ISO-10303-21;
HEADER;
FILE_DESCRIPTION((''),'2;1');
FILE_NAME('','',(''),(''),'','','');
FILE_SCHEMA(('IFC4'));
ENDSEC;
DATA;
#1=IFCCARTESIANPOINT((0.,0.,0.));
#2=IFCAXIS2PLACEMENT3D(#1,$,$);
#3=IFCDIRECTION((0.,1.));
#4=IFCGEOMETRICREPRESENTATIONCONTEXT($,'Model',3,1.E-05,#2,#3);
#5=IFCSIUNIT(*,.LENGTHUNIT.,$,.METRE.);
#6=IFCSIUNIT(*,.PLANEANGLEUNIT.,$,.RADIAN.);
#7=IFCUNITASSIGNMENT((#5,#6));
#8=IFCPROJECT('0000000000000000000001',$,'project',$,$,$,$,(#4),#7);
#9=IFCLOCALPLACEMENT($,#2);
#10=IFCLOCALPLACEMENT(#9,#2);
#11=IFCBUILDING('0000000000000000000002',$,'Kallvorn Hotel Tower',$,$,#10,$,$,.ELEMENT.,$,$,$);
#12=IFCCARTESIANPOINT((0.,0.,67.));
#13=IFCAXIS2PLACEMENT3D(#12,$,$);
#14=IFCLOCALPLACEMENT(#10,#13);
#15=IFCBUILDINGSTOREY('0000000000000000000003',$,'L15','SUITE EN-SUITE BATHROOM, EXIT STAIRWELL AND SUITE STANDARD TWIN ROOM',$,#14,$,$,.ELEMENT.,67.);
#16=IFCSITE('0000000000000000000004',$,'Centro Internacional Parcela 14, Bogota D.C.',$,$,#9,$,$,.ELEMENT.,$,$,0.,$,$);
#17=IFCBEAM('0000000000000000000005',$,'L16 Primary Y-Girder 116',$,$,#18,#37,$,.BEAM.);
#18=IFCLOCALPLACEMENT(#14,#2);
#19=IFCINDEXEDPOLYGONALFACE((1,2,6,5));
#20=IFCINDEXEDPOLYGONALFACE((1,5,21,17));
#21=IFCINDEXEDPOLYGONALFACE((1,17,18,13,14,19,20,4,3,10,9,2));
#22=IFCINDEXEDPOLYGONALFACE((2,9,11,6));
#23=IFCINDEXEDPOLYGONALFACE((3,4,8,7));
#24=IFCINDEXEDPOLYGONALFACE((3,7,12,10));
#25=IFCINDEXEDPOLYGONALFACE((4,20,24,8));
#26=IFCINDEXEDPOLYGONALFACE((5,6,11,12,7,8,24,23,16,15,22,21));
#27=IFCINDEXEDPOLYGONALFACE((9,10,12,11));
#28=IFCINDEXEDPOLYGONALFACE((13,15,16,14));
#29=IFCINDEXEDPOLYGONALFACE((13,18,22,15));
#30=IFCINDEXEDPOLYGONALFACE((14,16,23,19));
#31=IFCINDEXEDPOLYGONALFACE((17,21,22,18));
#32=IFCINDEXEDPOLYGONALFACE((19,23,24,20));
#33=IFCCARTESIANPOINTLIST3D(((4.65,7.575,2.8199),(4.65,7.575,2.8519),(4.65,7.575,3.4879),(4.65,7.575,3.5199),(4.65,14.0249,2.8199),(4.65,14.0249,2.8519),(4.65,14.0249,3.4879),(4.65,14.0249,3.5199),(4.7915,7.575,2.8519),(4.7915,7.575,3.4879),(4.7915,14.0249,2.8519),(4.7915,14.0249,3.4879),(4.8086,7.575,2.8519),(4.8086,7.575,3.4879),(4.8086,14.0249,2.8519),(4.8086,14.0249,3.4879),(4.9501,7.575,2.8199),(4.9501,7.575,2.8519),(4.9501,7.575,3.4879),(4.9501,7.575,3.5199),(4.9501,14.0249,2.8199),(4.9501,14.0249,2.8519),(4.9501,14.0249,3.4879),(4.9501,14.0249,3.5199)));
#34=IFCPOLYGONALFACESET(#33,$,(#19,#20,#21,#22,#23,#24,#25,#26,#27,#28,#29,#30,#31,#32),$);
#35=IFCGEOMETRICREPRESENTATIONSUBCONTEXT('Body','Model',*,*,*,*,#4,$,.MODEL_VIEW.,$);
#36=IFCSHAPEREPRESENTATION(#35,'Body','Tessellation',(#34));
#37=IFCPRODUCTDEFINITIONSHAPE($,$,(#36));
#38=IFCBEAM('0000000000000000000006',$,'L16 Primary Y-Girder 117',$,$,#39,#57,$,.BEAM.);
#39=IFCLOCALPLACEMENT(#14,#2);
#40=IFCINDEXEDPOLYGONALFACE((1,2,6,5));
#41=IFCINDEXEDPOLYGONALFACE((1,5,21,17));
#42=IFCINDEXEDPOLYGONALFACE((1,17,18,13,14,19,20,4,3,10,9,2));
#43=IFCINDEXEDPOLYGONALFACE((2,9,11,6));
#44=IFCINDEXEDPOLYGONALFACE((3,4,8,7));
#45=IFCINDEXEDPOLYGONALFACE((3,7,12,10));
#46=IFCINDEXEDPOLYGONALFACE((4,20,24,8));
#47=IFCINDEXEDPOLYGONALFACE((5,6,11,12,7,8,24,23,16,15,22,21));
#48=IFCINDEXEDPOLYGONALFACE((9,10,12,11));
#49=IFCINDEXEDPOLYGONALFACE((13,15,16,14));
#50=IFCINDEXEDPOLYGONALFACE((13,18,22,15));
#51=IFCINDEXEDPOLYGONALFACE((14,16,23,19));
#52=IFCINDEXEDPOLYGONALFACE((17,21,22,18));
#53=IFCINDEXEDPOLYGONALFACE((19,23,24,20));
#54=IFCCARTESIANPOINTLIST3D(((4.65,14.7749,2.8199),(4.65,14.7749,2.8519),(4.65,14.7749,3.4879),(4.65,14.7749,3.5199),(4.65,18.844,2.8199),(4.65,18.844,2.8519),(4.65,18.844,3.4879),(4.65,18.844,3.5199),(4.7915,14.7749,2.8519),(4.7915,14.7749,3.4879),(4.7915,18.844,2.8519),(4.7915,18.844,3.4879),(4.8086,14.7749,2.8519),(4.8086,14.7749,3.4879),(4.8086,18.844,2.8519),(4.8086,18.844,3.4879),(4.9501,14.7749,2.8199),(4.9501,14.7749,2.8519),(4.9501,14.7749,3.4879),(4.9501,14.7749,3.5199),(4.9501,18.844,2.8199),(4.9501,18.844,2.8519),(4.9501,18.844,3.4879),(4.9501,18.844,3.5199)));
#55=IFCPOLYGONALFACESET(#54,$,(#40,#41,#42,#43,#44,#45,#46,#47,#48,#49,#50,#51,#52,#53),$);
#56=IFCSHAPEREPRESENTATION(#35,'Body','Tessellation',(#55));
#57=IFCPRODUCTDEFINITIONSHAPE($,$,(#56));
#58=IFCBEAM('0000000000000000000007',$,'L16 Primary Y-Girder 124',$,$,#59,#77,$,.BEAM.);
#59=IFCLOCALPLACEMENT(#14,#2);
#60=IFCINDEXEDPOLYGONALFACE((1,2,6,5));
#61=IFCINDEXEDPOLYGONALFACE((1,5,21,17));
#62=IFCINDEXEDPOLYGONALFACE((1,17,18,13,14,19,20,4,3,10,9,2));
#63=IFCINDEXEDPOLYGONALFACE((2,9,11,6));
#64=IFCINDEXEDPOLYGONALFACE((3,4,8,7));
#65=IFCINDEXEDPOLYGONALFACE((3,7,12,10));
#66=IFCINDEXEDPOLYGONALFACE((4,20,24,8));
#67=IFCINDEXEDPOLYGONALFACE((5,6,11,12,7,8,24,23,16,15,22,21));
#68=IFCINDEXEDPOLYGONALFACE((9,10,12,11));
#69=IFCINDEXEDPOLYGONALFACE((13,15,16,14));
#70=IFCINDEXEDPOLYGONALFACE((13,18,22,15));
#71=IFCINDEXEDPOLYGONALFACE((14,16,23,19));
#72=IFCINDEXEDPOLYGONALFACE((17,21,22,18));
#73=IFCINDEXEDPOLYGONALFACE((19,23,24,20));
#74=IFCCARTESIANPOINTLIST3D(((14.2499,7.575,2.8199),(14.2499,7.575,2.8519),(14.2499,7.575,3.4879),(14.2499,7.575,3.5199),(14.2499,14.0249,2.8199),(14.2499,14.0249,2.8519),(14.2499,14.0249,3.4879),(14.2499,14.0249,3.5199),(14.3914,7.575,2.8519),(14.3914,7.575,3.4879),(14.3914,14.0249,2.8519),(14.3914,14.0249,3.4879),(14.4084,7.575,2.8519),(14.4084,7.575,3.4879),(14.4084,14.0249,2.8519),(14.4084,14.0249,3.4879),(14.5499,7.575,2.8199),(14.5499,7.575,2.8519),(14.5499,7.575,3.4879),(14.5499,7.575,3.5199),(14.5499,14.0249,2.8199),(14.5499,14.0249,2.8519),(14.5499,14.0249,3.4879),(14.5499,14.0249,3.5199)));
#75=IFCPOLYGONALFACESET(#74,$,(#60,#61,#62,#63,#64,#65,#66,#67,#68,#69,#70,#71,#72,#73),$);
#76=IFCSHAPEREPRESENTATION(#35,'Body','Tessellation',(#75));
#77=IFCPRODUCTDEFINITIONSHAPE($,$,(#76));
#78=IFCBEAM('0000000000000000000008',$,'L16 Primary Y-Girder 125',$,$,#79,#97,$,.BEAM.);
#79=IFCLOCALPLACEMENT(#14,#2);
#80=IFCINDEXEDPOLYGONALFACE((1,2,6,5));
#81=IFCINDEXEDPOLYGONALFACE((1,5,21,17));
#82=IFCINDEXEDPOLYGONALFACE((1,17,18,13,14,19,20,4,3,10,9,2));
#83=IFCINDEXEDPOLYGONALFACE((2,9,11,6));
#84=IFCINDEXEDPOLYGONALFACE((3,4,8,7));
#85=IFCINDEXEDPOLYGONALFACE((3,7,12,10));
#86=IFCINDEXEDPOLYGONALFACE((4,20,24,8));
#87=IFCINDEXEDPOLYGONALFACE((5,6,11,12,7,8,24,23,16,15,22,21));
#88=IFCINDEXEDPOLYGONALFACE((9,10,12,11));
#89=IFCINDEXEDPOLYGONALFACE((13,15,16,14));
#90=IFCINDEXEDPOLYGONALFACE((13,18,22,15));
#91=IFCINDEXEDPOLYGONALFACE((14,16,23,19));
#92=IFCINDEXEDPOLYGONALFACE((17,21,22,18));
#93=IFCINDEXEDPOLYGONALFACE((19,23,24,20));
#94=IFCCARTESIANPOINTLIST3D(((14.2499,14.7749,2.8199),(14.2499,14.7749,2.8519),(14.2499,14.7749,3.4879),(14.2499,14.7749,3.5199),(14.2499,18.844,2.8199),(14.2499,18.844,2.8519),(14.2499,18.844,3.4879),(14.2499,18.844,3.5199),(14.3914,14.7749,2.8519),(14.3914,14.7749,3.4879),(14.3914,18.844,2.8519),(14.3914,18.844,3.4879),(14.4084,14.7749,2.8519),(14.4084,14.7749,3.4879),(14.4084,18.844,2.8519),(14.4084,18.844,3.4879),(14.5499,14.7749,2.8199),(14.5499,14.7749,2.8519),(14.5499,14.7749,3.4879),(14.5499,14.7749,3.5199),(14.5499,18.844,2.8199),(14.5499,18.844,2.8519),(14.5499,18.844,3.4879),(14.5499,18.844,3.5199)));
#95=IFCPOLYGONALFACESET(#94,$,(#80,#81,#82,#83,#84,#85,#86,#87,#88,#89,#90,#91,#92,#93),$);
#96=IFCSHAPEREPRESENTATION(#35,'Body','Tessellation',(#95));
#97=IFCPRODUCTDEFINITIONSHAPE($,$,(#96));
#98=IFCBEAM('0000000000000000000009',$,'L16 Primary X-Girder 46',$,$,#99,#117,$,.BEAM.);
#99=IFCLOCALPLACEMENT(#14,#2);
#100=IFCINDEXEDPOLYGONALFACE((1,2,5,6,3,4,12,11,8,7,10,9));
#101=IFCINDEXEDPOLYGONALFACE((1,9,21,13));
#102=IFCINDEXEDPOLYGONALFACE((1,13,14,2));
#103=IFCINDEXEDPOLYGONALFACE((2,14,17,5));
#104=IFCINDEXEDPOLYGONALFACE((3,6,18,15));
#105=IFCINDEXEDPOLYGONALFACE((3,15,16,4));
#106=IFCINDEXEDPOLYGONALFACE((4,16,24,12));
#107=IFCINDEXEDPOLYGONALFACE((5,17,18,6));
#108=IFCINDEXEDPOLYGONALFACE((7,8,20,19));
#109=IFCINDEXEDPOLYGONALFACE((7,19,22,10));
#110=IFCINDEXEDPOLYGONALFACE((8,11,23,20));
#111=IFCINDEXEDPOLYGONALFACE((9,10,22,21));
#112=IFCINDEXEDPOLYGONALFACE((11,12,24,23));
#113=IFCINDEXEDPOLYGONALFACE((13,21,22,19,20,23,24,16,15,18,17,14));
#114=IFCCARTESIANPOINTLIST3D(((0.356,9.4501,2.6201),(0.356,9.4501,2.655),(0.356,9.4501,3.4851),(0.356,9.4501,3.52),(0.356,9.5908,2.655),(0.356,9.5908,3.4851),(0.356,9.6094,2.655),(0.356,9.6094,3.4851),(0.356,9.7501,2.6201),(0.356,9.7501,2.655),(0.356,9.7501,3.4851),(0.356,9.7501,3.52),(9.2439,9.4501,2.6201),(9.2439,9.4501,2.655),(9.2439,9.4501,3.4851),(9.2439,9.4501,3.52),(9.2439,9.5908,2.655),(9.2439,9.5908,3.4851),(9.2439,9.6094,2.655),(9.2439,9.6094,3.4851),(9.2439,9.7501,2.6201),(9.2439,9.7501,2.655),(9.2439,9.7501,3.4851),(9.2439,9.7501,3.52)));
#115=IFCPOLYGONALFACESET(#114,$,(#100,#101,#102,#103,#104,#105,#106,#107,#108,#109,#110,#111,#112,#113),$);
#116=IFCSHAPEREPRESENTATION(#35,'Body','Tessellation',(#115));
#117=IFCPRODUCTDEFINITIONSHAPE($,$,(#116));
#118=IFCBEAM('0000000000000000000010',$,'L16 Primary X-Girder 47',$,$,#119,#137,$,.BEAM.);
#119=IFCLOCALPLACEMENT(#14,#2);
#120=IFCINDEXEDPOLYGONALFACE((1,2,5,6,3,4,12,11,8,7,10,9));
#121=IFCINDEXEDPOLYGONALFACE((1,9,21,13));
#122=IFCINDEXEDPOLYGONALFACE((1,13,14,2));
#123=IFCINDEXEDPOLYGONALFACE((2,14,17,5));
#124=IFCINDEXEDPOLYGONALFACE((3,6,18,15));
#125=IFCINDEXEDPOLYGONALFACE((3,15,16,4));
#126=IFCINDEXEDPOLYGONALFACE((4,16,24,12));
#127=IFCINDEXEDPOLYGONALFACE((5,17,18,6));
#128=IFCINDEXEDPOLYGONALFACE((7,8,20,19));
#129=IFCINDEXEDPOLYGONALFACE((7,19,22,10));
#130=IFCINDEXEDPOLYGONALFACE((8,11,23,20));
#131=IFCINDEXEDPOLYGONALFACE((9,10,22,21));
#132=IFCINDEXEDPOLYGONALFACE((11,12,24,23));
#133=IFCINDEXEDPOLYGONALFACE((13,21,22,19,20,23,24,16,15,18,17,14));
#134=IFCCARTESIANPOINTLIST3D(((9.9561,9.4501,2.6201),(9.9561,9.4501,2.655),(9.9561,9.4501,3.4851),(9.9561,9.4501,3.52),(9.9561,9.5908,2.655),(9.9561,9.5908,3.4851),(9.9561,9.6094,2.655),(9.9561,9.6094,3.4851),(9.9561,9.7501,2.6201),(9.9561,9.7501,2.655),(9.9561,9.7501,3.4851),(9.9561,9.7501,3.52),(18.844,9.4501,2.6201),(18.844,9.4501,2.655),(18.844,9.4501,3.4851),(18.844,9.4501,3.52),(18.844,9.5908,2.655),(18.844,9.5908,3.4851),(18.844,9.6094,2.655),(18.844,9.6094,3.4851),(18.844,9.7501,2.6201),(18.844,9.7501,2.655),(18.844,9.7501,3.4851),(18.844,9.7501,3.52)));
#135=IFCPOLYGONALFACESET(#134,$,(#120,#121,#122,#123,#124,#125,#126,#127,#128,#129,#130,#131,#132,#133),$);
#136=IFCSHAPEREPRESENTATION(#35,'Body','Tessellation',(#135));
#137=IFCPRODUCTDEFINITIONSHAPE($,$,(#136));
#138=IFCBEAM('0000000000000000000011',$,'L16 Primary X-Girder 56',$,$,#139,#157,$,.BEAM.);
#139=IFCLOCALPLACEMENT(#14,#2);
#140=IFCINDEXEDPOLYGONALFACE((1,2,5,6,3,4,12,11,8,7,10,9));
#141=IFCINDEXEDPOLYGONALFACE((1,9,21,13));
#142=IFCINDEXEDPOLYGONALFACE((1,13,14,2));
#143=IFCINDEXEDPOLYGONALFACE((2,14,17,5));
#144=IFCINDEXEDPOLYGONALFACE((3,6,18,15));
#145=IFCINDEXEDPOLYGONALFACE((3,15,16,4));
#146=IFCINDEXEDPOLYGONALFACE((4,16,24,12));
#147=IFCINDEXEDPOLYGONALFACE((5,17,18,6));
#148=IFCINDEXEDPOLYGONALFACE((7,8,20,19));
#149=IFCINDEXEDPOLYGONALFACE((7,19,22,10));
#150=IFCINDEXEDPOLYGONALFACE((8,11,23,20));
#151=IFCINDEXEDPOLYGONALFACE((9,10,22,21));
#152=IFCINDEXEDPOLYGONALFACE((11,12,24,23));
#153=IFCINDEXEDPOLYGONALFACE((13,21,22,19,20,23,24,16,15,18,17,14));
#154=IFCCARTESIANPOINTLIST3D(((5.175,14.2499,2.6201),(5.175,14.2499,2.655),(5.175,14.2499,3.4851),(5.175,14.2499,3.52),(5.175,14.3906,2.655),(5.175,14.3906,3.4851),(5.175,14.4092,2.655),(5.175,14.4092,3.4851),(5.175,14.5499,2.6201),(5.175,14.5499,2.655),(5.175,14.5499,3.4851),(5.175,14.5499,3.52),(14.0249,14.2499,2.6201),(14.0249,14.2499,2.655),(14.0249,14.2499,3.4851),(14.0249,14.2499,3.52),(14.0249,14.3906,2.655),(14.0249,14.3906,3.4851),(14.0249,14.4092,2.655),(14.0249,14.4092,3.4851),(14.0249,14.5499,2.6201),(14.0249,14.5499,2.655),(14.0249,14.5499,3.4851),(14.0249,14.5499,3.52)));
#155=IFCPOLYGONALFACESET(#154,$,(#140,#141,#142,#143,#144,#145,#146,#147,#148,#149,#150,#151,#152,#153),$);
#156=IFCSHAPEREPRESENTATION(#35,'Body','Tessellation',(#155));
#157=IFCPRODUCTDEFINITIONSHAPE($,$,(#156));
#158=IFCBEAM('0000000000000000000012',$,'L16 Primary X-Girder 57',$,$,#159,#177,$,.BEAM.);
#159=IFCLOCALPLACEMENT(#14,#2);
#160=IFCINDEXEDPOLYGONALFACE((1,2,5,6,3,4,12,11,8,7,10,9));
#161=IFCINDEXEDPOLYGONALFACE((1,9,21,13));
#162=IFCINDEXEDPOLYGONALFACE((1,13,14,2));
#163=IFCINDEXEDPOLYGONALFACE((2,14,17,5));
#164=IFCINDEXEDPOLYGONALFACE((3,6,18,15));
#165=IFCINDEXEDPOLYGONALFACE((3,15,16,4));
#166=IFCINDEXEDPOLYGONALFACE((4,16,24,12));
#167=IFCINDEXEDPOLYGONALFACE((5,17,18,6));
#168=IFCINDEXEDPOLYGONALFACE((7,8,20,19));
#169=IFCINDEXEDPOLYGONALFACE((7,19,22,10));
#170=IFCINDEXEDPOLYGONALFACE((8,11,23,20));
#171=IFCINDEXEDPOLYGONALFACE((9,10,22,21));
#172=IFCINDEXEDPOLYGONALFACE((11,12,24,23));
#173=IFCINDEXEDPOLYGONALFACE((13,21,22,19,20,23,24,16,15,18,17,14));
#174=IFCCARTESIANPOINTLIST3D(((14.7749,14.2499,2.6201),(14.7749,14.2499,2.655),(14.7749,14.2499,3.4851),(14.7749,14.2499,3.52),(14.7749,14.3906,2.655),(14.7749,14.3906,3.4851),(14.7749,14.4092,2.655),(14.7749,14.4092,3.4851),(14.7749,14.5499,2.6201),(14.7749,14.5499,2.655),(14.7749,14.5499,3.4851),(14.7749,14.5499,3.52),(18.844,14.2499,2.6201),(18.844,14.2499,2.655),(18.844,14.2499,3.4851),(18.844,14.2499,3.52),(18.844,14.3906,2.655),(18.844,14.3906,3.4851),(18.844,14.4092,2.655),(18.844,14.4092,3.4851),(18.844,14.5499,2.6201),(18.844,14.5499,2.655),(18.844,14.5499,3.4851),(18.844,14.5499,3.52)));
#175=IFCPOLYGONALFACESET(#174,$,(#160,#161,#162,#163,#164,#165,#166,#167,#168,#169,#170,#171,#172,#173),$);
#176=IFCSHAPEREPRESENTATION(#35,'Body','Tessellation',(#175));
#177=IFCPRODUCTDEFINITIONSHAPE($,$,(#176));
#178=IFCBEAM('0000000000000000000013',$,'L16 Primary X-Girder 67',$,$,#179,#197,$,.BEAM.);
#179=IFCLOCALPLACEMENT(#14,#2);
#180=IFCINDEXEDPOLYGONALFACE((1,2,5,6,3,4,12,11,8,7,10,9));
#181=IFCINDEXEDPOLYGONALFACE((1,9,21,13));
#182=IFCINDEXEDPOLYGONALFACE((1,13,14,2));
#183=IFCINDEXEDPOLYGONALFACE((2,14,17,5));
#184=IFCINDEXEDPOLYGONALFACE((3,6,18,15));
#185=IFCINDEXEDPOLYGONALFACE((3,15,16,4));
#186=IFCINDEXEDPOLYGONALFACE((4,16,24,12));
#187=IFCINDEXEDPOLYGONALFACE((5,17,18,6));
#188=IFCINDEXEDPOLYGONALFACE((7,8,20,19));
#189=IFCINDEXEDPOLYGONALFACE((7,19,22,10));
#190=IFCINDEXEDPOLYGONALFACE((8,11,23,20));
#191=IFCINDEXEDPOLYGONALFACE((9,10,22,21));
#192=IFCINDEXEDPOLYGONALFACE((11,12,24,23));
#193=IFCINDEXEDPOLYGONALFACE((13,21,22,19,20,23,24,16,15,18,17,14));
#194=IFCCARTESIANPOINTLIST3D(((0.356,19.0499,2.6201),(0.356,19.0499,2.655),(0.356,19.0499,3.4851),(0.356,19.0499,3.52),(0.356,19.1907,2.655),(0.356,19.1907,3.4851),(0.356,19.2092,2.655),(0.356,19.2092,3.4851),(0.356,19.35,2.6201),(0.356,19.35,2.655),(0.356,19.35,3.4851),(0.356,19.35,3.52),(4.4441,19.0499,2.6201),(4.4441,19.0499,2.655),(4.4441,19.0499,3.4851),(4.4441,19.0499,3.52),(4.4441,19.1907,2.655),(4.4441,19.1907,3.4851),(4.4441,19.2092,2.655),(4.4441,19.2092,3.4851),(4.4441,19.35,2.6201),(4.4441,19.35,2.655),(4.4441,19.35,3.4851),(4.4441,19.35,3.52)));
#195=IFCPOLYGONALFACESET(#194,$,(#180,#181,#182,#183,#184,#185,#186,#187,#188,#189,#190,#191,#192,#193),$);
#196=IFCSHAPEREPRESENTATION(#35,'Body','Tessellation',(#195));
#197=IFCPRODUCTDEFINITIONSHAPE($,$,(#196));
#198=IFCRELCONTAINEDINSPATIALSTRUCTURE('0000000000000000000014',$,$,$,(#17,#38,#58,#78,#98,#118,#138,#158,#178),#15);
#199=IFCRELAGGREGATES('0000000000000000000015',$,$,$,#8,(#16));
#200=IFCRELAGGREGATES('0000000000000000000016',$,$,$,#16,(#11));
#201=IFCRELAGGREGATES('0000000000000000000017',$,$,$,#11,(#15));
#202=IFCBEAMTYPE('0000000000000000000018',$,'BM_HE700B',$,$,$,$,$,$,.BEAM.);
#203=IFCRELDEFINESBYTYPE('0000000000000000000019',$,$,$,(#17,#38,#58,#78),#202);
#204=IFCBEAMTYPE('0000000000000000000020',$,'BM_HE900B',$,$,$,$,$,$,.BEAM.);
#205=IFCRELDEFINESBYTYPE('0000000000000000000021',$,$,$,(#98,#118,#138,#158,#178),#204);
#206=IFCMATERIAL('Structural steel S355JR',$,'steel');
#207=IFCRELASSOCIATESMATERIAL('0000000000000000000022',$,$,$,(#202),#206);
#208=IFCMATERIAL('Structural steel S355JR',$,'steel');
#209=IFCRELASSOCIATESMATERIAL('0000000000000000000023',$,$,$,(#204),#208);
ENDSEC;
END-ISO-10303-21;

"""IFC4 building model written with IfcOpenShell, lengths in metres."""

from ifc_helpers import new_model, si_unit, direction, frame, origin, origin_2d, place, context, subcontext, project, spatial, i_section, extrude, material, material_profile, profile_set, type_object, element, save


model = new_model("IFC4")

# Units and contexts
model_context = context("Model", 3, precision=1e-05, world=origin(), true_north=direction((0.0, 1.0)))
body_context = subcontext(model_context, "Body", "Model", "MODEL_VIEW")
ifc_project = project(units=[si_unit("LENGTHUNIT", "METRE"), si_unit("PLANEANGLEUNIT", "RADIAN")], contexts=[model_context])

# Site, building, storey
site_placement = place(None, origin())
site = spatial("IfcSite", under=ifc_project, at=site_placement, Name="Centro Internacional Parcela 14, Bogota D.C.", CompositionType="ELEMENT", RefElevation=0.0)
building_placement = place(site_placement, origin())
building = spatial("IfcBuilding", under=site, at=building_placement, Name="Kallvorn Hotel Tower", CompositionType="ELEMENT")
storey_placement = place(building_placement, frame((0.0, 0.0, 67.0)))
storey = spatial("IfcBuildingStorey", under=building, at=storey_placement, Name="L15", Description="SUITE EN-SUITE BATHROOM, EXIT STAIRWELL AND SUITE STANDARD TWIN ROOM", CompositionType="ELEMENT", Elevation=67.0)

# Beams
ifc_material_1 = material(Name="Structural steel S355JR", Category="steel")
ifc_material_profile_1 = material_profile(ifc_material_1, i_section(OverallWidth=0.3, OverallDepth=0.7, WebThickness=0.0171, FlangeThickness=0.032, at=origin_2d()), Name="HE 700 B")
ifc_profile_set_1 = profile_set([ifc_material_profile_1], Name="Structural steel S355JR")
beam_type_1 = type_object("IfcBeamType", Name="BM_HE700B", PredefinedType="BEAM", material=ifc_profile_set_1)
beam_1_placement = place(storey_placement, frame((4.8, 7.575, 3.1699), z_axis=(0.0, 1.0, 0.0), x_axis=(-1.0, 0.0, 0.0)))
element("IfcBeam", 1, at=beam_1_placement, inside=storey, type_object=beam_type_1, Name="L16 Primary Y-Girder 116", PredefinedType="BEAM", context=body_context, shape_type="SweptSolid", body=[
    extrude(i_section(OverallWidth=0.3, OverallDepth=0.7, WebThickness=0.0171, FlangeThickness=0.032, at=origin_2d()), origin(), (0.0, 0.0, 1.0), 6.45),
])
beam_2_placement = place(storey_placement, frame((4.8, 14.7749, 3.1699), z_axis=(0.0, 1.0, 0.0), x_axis=(-1.0, 0.0, 0.0)))
element("IfcBeam", 2, at=beam_2_placement, inside=storey, type_object=beam_type_1, Name="L16 Primary Y-Girder 117", PredefinedType="BEAM", context=body_context, shape_type="SweptSolid", body=[
    extrude(i_section(OverallWidth=0.3, OverallDepth=0.7, WebThickness=0.0171, FlangeThickness=0.032, at=origin_2d()), origin(), (0.0, 0.0, 1.0), 4.0691),
])
beam_3_placement = place(storey_placement, frame((14.3999, 7.575, 3.1699), z_axis=(0.0, 1.0, 0.0), x_axis=(-1.0, 0.0, 0.0)))
element("IfcBeam", 3, at=beam_3_placement, inside=storey, type_object=beam_type_1, Name="L16 Primary Y-Girder 124", PredefinedType="BEAM", context=body_context, shape_type="SweptSolid", body=[
    extrude(i_section(OverallWidth=0.3, OverallDepth=0.7, WebThickness=0.0171, FlangeThickness=0.032, at=origin_2d()), origin(), (0.0, 0.0, 1.0), 6.45),
])
beam_4_placement = place(storey_placement, frame((14.3999, 14.7749, 3.1699), z_axis=(0.0, 1.0, 0.0), x_axis=(-1.0, 0.0, 0.0)))
element("IfcBeam", 4, at=beam_4_placement, inside=storey, type_object=beam_type_1, Name="L16 Primary Y-Girder 125", PredefinedType="BEAM", context=body_context, shape_type="SweptSolid", body=[
    extrude(i_section(OverallWidth=0.3, OverallDepth=0.7, WebThickness=0.0171, FlangeThickness=0.032, at=origin_2d()), origin(), (0.0, 0.0, 1.0), 4.0691),
])
ifc_material_2 = material(Name="Structural steel S355JR", Category="steel")
ifc_material_profile_2 = material_profile(ifc_material_2, i_section(OverallWidth=0.3, OverallDepth=0.8999, WebThickness=0.0186, FlangeThickness=0.0349, at=origin_2d()), Name="HE 900 B")
ifc_profile_set_2 = profile_set([ifc_material_profile_2], Name="Structural steel S355JR")
beam_type_2 = type_object("IfcBeamType", Name="BM_HE900B", PredefinedType="BEAM", material=ifc_profile_set_2)
for number, where, z_axis, x_axis, name in (
    (5, (0.356, 9.6001, 3.0701), (1.0, 0.0, 0.0), (0.0, 1.0, 0.0), "L16 Primary X-Girder 46"),
    (6, (9.9561, 9.6001, 3.0701), (1.0, 0.0, 0.0), (0.0, 1.0, 0.0), "L16 Primary X-Girder 47"),
):
    element("IfcBeam", number, at=place(storey_placement, frame(where, z_axis=z_axis, x_axis=x_axis)), inside=storey, type_object=beam_type_2, Name=name, PredefinedType="BEAM", context=body_context, shape_type="SweptSolid", body=[
        extrude(i_section(OverallWidth=0.3, OverallDepth=0.8999, WebThickness=0.0186, FlangeThickness=0.0349, at=origin_2d()), origin(), (0.0, 0.0, 1.0), 8.8879),
    ])
beam_5_placement = place(storey_placement, frame((5.175, 14.3999, 3.0701), z_axis=(1.0, 0.0, 0.0), x_axis=(0.0, 1.0, 0.0)))
element("IfcBeam", 7, at=beam_5_placement, inside=storey, type_object=beam_type_2, Name="L16 Primary X-Girder 56", PredefinedType="BEAM", context=body_context, shape_type="SweptSolid", body=[
    extrude(i_section(OverallWidth=0.3, OverallDepth=0.8999, WebThickness=0.0186, FlangeThickness=0.0349, at=origin_2d()), origin(), (0.0, 0.0, 1.0), 8.8499),
])
beam_6_placement = place(storey_placement, frame((14.7749, 14.3999, 3.0701), z_axis=(1.0, 0.0, 0.0), x_axis=(0.0, 1.0, 0.0)))
element("IfcBeam", 8, at=beam_6_placement, inside=storey, type_object=beam_type_2, Name="L16 Primary X-Girder 57", PredefinedType="BEAM", context=body_context, shape_type="SweptSolid", body=[
    extrude(i_section(OverallWidth=0.3, OverallDepth=0.8999, WebThickness=0.0186, FlangeThickness=0.0349, at=origin_2d()), origin(), (0.0, 0.0, 1.0), 4.0691),
])
beam_7_placement = place(storey_placement, frame((0.356, 19.2, 3.0701), z_axis=(1.0, 0.0, 0.0), x_axis=(0.0, 1.0, 0.0)))
element("IfcBeam", 9, at=beam_7_placement, inside=storey, type_object=beam_type_2, Name="L16 Primary X-Girder 67", PredefinedType="BEAM", context=body_context, shape_type="SweptSolid", body=[
    extrude(i_section(OverallWidth=0.3, OverallDepth=0.8999, WebThickness=0.0186, FlangeThickness=0.0349, at=origin_2d()), origin(), (0.0, 0.0, 1.0), 4.0881),
])

save(model, "model.ifc")
